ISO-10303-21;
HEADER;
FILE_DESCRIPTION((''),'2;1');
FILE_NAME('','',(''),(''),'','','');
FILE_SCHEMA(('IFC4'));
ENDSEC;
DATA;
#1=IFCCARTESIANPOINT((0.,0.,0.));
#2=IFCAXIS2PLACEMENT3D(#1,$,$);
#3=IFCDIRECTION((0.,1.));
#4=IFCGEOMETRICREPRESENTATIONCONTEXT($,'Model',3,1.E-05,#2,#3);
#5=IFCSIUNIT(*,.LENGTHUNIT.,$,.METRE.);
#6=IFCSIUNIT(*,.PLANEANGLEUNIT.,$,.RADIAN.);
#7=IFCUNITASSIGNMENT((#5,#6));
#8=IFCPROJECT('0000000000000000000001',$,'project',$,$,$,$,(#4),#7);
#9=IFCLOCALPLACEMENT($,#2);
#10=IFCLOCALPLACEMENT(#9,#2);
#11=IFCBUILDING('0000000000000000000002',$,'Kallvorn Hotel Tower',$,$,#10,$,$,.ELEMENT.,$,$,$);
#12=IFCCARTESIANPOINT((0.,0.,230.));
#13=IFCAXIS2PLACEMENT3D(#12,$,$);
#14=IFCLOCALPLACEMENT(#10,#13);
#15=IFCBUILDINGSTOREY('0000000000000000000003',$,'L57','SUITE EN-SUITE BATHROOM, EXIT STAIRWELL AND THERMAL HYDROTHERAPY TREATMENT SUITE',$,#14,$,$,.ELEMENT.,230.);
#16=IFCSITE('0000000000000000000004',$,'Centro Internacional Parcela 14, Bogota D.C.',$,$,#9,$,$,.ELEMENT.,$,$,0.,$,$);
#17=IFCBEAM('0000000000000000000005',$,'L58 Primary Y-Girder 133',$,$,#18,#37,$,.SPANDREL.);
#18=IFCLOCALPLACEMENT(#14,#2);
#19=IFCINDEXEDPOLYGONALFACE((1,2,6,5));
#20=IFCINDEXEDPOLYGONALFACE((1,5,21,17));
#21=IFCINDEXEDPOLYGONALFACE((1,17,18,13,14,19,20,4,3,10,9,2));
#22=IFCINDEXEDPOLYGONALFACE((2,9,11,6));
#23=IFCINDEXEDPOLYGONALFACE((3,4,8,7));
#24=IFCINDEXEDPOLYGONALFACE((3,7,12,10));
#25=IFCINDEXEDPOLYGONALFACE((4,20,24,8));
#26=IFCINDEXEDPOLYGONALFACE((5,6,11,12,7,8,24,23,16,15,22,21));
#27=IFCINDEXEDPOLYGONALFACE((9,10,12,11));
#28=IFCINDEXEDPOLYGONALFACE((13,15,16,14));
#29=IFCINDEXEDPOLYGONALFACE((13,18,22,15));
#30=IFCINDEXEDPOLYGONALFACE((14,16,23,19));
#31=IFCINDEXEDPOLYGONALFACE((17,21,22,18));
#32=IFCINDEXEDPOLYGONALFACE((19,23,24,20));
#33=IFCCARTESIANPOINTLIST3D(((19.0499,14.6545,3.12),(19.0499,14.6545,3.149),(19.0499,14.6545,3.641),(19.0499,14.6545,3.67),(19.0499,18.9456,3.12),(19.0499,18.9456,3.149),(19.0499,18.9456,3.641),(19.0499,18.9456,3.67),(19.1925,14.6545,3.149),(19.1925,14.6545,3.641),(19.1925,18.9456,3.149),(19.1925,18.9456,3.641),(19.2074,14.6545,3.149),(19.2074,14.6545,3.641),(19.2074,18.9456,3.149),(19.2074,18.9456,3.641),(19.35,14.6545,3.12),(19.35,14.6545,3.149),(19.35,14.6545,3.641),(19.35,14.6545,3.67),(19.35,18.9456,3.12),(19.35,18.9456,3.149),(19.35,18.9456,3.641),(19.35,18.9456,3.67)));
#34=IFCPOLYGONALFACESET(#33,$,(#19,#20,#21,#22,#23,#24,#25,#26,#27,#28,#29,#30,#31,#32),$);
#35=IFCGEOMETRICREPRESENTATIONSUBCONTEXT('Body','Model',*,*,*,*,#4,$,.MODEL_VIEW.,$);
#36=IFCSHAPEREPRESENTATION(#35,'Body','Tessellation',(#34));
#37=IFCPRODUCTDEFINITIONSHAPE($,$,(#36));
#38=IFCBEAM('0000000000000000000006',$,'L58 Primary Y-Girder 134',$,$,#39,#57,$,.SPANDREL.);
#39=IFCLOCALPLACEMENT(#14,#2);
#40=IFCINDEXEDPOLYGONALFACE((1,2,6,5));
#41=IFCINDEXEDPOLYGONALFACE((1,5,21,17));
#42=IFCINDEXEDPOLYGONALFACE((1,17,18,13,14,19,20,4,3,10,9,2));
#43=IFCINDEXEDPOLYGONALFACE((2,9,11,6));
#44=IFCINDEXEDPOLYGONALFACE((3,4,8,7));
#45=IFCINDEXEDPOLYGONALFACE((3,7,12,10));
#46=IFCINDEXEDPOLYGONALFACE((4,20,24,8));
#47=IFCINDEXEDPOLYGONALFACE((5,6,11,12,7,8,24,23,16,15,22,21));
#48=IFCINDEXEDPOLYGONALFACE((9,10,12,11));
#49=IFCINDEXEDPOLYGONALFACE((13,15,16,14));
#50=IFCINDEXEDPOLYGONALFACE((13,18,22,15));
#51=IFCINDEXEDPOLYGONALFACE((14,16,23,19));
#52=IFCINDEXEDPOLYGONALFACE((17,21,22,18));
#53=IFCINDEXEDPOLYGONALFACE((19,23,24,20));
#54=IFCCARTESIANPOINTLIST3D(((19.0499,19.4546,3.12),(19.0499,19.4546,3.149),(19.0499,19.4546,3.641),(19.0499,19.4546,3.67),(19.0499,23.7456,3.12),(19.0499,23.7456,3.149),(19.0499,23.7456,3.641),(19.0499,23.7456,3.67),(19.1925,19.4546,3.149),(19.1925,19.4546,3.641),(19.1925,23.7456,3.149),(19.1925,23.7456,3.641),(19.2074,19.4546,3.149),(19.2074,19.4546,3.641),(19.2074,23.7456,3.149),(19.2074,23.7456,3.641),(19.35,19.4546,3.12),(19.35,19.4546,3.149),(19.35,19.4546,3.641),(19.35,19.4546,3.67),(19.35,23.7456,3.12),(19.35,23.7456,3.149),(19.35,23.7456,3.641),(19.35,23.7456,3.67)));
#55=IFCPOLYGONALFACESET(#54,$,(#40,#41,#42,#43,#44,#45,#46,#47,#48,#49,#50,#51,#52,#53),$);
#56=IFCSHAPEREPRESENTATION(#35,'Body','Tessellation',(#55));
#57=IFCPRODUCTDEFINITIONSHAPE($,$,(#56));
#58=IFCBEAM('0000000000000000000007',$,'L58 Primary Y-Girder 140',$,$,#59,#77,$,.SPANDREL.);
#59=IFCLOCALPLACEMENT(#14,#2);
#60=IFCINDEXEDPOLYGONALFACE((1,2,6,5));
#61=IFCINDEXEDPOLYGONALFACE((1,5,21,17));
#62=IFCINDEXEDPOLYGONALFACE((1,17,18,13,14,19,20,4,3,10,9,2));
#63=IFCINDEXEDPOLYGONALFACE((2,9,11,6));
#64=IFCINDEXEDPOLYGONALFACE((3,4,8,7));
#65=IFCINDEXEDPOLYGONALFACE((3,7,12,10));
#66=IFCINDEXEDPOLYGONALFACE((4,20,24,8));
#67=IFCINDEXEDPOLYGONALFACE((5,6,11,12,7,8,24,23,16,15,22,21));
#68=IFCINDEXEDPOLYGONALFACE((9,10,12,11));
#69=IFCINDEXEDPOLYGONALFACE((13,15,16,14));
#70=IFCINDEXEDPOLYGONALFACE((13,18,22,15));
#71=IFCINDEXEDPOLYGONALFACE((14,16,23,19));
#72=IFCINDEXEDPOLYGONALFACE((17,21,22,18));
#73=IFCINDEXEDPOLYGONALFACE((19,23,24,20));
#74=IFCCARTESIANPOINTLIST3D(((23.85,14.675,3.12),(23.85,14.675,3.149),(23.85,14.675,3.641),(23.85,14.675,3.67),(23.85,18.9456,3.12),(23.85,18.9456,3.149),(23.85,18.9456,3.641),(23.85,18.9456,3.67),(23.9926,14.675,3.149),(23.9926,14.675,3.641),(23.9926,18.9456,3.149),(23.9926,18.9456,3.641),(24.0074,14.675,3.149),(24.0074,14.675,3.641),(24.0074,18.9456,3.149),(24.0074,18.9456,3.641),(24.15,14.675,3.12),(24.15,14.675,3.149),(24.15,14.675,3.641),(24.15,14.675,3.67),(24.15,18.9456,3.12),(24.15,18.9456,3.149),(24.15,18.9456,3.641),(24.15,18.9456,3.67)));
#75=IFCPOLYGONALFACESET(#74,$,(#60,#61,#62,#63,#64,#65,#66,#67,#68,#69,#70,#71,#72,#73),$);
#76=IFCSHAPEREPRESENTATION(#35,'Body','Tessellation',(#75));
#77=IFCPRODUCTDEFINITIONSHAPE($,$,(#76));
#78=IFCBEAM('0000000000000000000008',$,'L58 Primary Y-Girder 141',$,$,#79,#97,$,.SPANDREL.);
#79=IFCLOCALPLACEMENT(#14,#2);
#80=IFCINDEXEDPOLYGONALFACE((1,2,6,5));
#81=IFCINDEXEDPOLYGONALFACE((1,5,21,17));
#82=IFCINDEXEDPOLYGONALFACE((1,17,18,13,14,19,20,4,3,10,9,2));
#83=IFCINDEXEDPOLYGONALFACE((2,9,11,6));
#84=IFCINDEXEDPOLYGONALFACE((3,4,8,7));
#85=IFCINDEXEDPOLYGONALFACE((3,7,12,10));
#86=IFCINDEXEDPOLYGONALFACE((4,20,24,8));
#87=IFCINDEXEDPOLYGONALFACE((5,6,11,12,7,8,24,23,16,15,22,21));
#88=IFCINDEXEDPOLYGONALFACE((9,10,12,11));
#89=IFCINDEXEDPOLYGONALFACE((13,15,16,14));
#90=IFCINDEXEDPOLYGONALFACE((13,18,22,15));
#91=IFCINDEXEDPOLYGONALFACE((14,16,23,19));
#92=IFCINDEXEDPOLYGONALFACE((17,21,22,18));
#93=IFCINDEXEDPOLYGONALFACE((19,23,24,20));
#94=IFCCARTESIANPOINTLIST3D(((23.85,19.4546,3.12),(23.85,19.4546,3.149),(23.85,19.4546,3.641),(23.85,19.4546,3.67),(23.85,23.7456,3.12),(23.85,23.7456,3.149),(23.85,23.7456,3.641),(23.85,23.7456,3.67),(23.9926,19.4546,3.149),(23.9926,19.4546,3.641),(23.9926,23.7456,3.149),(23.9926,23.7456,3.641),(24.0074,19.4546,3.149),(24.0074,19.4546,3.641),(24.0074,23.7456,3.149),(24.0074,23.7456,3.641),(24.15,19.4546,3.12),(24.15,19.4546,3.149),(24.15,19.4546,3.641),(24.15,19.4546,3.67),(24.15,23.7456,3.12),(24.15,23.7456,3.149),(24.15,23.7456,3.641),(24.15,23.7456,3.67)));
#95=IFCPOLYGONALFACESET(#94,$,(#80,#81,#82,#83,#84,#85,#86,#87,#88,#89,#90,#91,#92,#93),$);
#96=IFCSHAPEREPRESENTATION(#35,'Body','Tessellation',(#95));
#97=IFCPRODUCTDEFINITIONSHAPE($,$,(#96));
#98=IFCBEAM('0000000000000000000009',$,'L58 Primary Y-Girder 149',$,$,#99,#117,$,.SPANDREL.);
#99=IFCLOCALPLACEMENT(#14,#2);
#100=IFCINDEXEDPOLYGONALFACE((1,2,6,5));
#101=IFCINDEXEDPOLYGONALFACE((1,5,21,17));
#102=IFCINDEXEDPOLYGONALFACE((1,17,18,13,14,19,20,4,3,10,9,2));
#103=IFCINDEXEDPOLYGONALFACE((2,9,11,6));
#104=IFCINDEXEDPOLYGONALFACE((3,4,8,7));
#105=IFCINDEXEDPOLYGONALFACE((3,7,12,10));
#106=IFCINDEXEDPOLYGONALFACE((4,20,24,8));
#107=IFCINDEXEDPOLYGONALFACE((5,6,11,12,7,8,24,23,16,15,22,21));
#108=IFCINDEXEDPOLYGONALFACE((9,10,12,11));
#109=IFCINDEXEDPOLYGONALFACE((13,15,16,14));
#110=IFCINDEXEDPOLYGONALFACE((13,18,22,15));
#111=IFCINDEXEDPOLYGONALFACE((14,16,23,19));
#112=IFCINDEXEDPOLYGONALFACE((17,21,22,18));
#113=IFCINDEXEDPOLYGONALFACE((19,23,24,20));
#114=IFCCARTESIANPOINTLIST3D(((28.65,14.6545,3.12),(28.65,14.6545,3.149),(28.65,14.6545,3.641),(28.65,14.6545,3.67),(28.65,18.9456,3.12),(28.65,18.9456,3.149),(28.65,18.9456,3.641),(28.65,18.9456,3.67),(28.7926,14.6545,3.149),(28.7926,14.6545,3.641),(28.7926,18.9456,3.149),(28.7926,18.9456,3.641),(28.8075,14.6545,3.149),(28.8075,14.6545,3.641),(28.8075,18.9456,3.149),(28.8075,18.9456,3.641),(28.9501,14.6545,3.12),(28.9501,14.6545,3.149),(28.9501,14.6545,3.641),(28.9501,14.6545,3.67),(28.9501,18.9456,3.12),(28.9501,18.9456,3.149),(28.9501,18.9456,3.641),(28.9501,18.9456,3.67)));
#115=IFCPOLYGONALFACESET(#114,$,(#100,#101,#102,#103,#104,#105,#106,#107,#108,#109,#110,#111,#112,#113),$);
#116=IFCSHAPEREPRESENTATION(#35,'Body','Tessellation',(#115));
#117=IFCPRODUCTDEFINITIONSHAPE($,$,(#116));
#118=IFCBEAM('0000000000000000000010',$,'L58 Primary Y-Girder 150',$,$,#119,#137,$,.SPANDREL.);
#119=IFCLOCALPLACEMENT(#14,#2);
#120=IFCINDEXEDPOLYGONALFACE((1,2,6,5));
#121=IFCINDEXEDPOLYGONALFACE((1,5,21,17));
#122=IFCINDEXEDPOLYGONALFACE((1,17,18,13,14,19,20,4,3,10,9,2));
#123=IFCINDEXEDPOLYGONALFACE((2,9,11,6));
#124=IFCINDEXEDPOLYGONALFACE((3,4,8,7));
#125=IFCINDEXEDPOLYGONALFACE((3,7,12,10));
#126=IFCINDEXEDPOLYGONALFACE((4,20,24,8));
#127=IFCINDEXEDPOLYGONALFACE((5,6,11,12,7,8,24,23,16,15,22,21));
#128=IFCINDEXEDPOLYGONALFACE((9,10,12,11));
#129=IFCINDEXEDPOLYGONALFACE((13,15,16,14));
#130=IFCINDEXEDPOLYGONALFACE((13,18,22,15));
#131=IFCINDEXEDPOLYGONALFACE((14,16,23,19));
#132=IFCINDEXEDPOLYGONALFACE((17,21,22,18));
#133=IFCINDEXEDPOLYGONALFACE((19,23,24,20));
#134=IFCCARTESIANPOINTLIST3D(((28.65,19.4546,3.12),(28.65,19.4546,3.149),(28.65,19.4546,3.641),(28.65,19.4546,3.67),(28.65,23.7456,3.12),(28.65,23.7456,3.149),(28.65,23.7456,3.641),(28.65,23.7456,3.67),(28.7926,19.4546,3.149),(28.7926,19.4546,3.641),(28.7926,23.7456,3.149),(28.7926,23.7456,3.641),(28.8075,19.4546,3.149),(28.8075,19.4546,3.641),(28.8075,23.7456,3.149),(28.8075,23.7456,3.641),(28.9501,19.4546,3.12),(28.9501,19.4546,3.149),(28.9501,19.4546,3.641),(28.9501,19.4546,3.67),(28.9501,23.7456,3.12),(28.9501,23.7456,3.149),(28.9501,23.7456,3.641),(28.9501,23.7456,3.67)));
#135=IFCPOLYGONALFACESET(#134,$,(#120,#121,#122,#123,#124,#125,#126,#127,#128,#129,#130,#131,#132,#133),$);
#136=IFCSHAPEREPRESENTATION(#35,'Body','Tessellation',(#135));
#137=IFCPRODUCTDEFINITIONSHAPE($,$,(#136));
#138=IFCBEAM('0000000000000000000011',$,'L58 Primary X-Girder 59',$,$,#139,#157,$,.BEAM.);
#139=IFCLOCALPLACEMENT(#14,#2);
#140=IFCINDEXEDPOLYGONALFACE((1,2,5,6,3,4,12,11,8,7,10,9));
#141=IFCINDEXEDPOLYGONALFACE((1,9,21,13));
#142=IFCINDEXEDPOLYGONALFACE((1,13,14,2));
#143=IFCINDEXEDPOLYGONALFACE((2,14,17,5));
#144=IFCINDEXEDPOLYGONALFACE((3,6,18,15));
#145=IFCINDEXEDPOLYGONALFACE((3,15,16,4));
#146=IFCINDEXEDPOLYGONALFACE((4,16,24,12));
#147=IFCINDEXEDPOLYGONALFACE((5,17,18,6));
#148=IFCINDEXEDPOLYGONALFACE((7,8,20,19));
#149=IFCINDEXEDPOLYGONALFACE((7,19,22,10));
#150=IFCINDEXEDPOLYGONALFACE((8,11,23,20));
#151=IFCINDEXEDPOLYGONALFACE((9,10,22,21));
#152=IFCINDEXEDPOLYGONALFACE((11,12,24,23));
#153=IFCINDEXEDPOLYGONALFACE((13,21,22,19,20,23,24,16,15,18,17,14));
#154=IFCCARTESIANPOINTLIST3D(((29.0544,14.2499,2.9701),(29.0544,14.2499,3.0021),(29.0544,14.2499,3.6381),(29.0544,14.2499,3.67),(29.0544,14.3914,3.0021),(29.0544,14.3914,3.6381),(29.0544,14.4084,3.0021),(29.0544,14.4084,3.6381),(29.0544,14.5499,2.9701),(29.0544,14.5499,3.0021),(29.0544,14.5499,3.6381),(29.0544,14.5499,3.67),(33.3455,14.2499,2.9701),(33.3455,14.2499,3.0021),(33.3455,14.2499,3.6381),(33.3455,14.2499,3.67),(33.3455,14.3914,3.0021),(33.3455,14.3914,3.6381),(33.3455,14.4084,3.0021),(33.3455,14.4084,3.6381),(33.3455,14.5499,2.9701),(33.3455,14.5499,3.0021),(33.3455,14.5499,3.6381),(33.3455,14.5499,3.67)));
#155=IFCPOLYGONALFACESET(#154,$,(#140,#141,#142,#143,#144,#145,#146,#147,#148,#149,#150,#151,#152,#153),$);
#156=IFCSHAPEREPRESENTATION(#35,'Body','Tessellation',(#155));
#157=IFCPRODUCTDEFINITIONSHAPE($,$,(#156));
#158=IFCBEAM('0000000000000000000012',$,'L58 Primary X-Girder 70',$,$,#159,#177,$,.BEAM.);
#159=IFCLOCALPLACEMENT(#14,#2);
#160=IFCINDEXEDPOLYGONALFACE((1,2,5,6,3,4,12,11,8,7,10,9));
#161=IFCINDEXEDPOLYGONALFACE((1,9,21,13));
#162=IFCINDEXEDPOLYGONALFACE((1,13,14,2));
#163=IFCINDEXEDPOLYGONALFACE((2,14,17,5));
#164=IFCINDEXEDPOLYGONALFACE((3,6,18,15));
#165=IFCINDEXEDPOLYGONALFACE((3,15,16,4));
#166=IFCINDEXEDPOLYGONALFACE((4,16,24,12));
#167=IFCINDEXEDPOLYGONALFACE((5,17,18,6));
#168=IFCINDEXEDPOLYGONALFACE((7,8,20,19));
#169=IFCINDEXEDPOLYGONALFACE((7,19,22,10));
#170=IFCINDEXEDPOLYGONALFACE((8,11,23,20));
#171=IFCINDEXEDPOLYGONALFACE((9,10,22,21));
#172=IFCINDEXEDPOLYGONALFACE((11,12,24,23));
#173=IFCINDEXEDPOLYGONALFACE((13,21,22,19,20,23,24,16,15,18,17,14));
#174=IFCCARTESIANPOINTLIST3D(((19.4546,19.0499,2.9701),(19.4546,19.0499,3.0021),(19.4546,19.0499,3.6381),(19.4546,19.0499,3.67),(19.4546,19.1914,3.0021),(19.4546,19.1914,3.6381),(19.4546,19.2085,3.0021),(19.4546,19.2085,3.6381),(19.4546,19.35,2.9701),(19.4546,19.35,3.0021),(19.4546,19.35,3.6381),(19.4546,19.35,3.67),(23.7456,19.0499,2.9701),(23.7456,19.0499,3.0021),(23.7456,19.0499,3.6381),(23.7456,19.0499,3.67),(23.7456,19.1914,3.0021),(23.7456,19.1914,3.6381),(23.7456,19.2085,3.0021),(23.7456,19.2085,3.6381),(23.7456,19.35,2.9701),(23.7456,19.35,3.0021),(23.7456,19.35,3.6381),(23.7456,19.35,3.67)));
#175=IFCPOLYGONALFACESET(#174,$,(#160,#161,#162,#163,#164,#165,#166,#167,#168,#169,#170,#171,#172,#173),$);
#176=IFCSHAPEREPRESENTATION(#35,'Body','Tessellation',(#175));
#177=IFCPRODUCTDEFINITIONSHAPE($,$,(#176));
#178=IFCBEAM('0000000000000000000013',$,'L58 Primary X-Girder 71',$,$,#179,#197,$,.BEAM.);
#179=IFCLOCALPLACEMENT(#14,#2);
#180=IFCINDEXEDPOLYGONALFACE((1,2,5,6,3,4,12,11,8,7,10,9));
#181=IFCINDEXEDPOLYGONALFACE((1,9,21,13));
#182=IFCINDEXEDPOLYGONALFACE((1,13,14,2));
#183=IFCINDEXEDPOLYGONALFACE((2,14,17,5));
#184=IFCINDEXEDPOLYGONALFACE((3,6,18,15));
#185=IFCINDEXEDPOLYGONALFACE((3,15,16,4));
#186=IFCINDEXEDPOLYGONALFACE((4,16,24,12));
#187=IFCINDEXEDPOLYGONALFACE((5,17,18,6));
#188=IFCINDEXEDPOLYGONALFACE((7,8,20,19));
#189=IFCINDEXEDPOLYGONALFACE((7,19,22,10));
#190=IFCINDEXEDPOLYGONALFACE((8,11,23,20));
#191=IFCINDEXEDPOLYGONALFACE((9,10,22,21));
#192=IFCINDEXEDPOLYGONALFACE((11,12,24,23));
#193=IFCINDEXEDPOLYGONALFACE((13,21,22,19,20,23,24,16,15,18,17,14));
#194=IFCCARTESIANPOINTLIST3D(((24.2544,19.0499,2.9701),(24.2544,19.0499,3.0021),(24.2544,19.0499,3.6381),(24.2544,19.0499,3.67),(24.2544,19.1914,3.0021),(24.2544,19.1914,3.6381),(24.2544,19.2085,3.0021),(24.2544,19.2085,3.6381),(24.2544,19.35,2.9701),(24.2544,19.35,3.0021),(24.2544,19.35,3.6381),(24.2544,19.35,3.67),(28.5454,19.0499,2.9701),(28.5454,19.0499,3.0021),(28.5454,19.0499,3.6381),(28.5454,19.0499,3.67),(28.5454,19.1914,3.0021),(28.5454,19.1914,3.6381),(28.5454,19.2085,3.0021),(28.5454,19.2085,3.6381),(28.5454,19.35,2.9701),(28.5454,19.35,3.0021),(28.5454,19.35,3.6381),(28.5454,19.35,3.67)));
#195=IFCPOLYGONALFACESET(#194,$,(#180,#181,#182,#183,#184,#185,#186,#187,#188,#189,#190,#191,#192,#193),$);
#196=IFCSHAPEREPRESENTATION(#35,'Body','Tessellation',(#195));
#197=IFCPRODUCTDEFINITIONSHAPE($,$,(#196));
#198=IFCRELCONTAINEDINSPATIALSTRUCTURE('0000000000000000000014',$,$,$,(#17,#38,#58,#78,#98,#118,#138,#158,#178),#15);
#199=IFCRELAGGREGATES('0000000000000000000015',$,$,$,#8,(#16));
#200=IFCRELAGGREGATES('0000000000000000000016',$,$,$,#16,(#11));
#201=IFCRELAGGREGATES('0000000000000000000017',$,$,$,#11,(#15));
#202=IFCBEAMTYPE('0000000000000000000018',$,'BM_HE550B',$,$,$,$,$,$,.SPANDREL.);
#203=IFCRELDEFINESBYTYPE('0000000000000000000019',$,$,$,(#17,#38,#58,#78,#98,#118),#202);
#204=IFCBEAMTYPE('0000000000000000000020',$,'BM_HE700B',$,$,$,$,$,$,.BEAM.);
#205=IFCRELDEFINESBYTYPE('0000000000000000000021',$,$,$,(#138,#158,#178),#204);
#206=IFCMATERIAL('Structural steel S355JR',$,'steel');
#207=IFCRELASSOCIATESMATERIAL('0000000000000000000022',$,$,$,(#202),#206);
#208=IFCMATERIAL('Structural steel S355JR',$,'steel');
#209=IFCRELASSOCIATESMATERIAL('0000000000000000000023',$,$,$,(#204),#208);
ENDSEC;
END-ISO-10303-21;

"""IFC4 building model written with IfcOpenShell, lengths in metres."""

from ifc_helpers import new_model, si_unit, direction, frame, origin, origin_2d, place, context, subcontext, project, spatial, i_section, extrude, material, material_profile, profile_set, type_object, element, save


model = new_model("IFC4")

# Units and contexts
model_context = context("Model", 3, precision=1e-05, world=origin(), true_north=direction((0.0, 1.0)))
body_context = subcontext(model_context, "Body", "Model", "MODEL_VIEW")
ifc_project = project(units=[si_unit("LENGTHUNIT", "METRE"), si_unit("PLANEANGLEUNIT", "RADIAN")], contexts=[model_context])

# Site, building, storey
site_placement = place(None, origin())
site = spatial("IfcSite", under=ifc_project, at=site_placement, Name="Centro Internacional Parcela 14, Bogota D.C.", CompositionType="ELEMENT", RefElevation=0.0)
building_placement = place(site_placement, origin())
building = spatial("IfcBuilding", under=site, at=building_placement, Name="Kallvorn Hotel Tower", CompositionType="ELEMENT")
storey_placement = place(building_placement, frame((0.0, 0.0, 230.0)))
storey = spatial("IfcBuildingStorey", under=building, at=storey_placement, Name="L57", Description="SUITE EN-SUITE BATHROOM, EXIT STAIRWELL AND THERMAL HYDROTHERAPY TREATMENT SUITE", CompositionType="ELEMENT", Elevation=230.0)

# Beams
ifc_material_1 = material(Name="Structural steel S355JR", Category="steel")
ifc_material_profile_1 = material_profile(ifc_material_1, i_section(OverallWidth=0.3, OverallDepth=0.55, WebThickness=0.0149, FlangeThickness=0.0291, at=origin_2d()), Name="HE 550 B")
ifc_profile_set_1 = profile_set([ifc_material_profile_1], Name="Structural steel S355JR")
beam_type_1 = type_object("IfcBeamType", Name="BM_HE550B", PredefinedType="SPANDREL", material=ifc_profile_set_1)
for number, where, z_axis, x_axis, name in (
    (1, (19.2, 14.6545, 3.395), (0.0, 1.0, 0.0), (-1.0, 0.0, 0.0), "L58 Primary Y-Girder 133"),
    (2, (19.2, 19.4546, 3.395), (0.0, 1.0, 0.0), (-1.0, 0.0, 0.0), "L58 Primary Y-Girder 134"),
):
    element("IfcBeam", number, at=place(storey_placement, frame(where, z_axis=z_axis, x_axis=x_axis)), inside=storey, type_object=beam_type_1, Name=name, PredefinedType="SPANDREL", context=body_context, shape_type="SweptSolid", body=[
        extrude(i_section(OverallWidth=0.3, OverallDepth=0.55, WebThickness=0.0149, FlangeThickness=0.0291, at=origin_2d()), origin(), (0.0, 0.0, 1.0), 4.291),
    ])
beam_1_placement = place(storey_placement, frame((24.0, 14.675, 3.395), z_axis=(0.0, 1.0, 0.0), x_axis=(-1.0, 0.0, 0.0)))
element("IfcBeam", 3, at=beam_1_placement, inside=storey, type_object=beam_type_1, Name="L58 Primary Y-Girder 140", PredefinedType="SPANDREL", context=body_context, shape_type="SweptSolid", body=[
    extrude(i_section(OverallWidth=0.3, OverallDepth=0.55, WebThickness=0.0149, FlangeThickness=0.0291, at=origin_2d()), origin(), (0.0, 0.0, 1.0), 4.2705),
])
for number, where, z_axis, x_axis, name in (
    (4, (24.0, 19.4546, 3.395), (0.0, 1.0, 0.0), (-1.0, 0.0, 0.0), "L58 Primary Y-Girder 141"),
    (5, (28.8, 14.6545, 3.395), (0.0, 1.0, 0.0), (-1.0, 0.0, 0.0), "L58 Primary Y-Girder 149"),
    (6, (28.8, 19.4546, 3.395), (0.0, 1.0, 0.0), (-1.0, 0.0, 0.0), "L58 Primary Y-Girder 150"),
):
    element("IfcBeam", number, at=place(storey_placement, frame(where, z_axis=z_axis, x_axis=x_axis)), inside=storey, type_object=beam_type_1, Name=name, PredefinedType="SPANDREL", context=body_context, shape_type="SweptSolid", body=[
        extrude(i_section(OverallWidth=0.3, OverallDepth=0.55, WebThickness=0.0149, FlangeThickness=0.0291, at=origin_2d()), origin(), (0.0, 0.0, 1.0), 4.291),
    ])
ifc_material_2 = material(Name="Structural steel S355JR", Category="steel")
ifc_material_profile_2 = material_profile(ifc_material_2, i_section(OverallWidth=0.3, OverallDepth=0.7, WebThickness=0.0171, FlangeThickness=0.032, at=origin_2d()), Name="HE 700 B")
ifc_profile_set_2 = profile_set([ifc_material_profile_2], Name="Structural steel S355JR")
beam_type_2 = type_object("IfcBeamType", Name="BM_HE700B", PredefinedType="BEAM", material=ifc_profile_set_2)
for number, where, z_axis, x_axis, name in (
    (7, (29.0544, 14.3999, 3.3201), (1.0, 0.0, 0.0), (0.0, 1.0, 0.0), "L58 Primary X-Girder 59"),
    (8, (19.4546, 19.2, 3.3201), (1.0, 0.0, 0.0), (0.0, 1.0, 0.0), "L58 Primary X-Girder 70"),
    (9, (24.2544, 19.2, 3.3201), (1.0, 0.0, 0.0), (0.0, 1.0, 0.0), "L58 Primary X-Girder 71"),
):
    element("IfcBeam", number, at=place(storey_placement, frame(where, z_axis=z_axis, x_axis=x_axis)), inside=storey, type_object=beam_type_2, Name=name, PredefinedType="BEAM", context=body_context, shape_type="SweptSolid", body=[
        extrude(i_section(OverallWidth=0.3, OverallDepth=0.7, WebThickness=0.0171, FlangeThickness=0.032, at=origin_2d()), origin(), (0.0, 0.0, 1.0), 4.291),
    ])

save(model, "model.ifc")
